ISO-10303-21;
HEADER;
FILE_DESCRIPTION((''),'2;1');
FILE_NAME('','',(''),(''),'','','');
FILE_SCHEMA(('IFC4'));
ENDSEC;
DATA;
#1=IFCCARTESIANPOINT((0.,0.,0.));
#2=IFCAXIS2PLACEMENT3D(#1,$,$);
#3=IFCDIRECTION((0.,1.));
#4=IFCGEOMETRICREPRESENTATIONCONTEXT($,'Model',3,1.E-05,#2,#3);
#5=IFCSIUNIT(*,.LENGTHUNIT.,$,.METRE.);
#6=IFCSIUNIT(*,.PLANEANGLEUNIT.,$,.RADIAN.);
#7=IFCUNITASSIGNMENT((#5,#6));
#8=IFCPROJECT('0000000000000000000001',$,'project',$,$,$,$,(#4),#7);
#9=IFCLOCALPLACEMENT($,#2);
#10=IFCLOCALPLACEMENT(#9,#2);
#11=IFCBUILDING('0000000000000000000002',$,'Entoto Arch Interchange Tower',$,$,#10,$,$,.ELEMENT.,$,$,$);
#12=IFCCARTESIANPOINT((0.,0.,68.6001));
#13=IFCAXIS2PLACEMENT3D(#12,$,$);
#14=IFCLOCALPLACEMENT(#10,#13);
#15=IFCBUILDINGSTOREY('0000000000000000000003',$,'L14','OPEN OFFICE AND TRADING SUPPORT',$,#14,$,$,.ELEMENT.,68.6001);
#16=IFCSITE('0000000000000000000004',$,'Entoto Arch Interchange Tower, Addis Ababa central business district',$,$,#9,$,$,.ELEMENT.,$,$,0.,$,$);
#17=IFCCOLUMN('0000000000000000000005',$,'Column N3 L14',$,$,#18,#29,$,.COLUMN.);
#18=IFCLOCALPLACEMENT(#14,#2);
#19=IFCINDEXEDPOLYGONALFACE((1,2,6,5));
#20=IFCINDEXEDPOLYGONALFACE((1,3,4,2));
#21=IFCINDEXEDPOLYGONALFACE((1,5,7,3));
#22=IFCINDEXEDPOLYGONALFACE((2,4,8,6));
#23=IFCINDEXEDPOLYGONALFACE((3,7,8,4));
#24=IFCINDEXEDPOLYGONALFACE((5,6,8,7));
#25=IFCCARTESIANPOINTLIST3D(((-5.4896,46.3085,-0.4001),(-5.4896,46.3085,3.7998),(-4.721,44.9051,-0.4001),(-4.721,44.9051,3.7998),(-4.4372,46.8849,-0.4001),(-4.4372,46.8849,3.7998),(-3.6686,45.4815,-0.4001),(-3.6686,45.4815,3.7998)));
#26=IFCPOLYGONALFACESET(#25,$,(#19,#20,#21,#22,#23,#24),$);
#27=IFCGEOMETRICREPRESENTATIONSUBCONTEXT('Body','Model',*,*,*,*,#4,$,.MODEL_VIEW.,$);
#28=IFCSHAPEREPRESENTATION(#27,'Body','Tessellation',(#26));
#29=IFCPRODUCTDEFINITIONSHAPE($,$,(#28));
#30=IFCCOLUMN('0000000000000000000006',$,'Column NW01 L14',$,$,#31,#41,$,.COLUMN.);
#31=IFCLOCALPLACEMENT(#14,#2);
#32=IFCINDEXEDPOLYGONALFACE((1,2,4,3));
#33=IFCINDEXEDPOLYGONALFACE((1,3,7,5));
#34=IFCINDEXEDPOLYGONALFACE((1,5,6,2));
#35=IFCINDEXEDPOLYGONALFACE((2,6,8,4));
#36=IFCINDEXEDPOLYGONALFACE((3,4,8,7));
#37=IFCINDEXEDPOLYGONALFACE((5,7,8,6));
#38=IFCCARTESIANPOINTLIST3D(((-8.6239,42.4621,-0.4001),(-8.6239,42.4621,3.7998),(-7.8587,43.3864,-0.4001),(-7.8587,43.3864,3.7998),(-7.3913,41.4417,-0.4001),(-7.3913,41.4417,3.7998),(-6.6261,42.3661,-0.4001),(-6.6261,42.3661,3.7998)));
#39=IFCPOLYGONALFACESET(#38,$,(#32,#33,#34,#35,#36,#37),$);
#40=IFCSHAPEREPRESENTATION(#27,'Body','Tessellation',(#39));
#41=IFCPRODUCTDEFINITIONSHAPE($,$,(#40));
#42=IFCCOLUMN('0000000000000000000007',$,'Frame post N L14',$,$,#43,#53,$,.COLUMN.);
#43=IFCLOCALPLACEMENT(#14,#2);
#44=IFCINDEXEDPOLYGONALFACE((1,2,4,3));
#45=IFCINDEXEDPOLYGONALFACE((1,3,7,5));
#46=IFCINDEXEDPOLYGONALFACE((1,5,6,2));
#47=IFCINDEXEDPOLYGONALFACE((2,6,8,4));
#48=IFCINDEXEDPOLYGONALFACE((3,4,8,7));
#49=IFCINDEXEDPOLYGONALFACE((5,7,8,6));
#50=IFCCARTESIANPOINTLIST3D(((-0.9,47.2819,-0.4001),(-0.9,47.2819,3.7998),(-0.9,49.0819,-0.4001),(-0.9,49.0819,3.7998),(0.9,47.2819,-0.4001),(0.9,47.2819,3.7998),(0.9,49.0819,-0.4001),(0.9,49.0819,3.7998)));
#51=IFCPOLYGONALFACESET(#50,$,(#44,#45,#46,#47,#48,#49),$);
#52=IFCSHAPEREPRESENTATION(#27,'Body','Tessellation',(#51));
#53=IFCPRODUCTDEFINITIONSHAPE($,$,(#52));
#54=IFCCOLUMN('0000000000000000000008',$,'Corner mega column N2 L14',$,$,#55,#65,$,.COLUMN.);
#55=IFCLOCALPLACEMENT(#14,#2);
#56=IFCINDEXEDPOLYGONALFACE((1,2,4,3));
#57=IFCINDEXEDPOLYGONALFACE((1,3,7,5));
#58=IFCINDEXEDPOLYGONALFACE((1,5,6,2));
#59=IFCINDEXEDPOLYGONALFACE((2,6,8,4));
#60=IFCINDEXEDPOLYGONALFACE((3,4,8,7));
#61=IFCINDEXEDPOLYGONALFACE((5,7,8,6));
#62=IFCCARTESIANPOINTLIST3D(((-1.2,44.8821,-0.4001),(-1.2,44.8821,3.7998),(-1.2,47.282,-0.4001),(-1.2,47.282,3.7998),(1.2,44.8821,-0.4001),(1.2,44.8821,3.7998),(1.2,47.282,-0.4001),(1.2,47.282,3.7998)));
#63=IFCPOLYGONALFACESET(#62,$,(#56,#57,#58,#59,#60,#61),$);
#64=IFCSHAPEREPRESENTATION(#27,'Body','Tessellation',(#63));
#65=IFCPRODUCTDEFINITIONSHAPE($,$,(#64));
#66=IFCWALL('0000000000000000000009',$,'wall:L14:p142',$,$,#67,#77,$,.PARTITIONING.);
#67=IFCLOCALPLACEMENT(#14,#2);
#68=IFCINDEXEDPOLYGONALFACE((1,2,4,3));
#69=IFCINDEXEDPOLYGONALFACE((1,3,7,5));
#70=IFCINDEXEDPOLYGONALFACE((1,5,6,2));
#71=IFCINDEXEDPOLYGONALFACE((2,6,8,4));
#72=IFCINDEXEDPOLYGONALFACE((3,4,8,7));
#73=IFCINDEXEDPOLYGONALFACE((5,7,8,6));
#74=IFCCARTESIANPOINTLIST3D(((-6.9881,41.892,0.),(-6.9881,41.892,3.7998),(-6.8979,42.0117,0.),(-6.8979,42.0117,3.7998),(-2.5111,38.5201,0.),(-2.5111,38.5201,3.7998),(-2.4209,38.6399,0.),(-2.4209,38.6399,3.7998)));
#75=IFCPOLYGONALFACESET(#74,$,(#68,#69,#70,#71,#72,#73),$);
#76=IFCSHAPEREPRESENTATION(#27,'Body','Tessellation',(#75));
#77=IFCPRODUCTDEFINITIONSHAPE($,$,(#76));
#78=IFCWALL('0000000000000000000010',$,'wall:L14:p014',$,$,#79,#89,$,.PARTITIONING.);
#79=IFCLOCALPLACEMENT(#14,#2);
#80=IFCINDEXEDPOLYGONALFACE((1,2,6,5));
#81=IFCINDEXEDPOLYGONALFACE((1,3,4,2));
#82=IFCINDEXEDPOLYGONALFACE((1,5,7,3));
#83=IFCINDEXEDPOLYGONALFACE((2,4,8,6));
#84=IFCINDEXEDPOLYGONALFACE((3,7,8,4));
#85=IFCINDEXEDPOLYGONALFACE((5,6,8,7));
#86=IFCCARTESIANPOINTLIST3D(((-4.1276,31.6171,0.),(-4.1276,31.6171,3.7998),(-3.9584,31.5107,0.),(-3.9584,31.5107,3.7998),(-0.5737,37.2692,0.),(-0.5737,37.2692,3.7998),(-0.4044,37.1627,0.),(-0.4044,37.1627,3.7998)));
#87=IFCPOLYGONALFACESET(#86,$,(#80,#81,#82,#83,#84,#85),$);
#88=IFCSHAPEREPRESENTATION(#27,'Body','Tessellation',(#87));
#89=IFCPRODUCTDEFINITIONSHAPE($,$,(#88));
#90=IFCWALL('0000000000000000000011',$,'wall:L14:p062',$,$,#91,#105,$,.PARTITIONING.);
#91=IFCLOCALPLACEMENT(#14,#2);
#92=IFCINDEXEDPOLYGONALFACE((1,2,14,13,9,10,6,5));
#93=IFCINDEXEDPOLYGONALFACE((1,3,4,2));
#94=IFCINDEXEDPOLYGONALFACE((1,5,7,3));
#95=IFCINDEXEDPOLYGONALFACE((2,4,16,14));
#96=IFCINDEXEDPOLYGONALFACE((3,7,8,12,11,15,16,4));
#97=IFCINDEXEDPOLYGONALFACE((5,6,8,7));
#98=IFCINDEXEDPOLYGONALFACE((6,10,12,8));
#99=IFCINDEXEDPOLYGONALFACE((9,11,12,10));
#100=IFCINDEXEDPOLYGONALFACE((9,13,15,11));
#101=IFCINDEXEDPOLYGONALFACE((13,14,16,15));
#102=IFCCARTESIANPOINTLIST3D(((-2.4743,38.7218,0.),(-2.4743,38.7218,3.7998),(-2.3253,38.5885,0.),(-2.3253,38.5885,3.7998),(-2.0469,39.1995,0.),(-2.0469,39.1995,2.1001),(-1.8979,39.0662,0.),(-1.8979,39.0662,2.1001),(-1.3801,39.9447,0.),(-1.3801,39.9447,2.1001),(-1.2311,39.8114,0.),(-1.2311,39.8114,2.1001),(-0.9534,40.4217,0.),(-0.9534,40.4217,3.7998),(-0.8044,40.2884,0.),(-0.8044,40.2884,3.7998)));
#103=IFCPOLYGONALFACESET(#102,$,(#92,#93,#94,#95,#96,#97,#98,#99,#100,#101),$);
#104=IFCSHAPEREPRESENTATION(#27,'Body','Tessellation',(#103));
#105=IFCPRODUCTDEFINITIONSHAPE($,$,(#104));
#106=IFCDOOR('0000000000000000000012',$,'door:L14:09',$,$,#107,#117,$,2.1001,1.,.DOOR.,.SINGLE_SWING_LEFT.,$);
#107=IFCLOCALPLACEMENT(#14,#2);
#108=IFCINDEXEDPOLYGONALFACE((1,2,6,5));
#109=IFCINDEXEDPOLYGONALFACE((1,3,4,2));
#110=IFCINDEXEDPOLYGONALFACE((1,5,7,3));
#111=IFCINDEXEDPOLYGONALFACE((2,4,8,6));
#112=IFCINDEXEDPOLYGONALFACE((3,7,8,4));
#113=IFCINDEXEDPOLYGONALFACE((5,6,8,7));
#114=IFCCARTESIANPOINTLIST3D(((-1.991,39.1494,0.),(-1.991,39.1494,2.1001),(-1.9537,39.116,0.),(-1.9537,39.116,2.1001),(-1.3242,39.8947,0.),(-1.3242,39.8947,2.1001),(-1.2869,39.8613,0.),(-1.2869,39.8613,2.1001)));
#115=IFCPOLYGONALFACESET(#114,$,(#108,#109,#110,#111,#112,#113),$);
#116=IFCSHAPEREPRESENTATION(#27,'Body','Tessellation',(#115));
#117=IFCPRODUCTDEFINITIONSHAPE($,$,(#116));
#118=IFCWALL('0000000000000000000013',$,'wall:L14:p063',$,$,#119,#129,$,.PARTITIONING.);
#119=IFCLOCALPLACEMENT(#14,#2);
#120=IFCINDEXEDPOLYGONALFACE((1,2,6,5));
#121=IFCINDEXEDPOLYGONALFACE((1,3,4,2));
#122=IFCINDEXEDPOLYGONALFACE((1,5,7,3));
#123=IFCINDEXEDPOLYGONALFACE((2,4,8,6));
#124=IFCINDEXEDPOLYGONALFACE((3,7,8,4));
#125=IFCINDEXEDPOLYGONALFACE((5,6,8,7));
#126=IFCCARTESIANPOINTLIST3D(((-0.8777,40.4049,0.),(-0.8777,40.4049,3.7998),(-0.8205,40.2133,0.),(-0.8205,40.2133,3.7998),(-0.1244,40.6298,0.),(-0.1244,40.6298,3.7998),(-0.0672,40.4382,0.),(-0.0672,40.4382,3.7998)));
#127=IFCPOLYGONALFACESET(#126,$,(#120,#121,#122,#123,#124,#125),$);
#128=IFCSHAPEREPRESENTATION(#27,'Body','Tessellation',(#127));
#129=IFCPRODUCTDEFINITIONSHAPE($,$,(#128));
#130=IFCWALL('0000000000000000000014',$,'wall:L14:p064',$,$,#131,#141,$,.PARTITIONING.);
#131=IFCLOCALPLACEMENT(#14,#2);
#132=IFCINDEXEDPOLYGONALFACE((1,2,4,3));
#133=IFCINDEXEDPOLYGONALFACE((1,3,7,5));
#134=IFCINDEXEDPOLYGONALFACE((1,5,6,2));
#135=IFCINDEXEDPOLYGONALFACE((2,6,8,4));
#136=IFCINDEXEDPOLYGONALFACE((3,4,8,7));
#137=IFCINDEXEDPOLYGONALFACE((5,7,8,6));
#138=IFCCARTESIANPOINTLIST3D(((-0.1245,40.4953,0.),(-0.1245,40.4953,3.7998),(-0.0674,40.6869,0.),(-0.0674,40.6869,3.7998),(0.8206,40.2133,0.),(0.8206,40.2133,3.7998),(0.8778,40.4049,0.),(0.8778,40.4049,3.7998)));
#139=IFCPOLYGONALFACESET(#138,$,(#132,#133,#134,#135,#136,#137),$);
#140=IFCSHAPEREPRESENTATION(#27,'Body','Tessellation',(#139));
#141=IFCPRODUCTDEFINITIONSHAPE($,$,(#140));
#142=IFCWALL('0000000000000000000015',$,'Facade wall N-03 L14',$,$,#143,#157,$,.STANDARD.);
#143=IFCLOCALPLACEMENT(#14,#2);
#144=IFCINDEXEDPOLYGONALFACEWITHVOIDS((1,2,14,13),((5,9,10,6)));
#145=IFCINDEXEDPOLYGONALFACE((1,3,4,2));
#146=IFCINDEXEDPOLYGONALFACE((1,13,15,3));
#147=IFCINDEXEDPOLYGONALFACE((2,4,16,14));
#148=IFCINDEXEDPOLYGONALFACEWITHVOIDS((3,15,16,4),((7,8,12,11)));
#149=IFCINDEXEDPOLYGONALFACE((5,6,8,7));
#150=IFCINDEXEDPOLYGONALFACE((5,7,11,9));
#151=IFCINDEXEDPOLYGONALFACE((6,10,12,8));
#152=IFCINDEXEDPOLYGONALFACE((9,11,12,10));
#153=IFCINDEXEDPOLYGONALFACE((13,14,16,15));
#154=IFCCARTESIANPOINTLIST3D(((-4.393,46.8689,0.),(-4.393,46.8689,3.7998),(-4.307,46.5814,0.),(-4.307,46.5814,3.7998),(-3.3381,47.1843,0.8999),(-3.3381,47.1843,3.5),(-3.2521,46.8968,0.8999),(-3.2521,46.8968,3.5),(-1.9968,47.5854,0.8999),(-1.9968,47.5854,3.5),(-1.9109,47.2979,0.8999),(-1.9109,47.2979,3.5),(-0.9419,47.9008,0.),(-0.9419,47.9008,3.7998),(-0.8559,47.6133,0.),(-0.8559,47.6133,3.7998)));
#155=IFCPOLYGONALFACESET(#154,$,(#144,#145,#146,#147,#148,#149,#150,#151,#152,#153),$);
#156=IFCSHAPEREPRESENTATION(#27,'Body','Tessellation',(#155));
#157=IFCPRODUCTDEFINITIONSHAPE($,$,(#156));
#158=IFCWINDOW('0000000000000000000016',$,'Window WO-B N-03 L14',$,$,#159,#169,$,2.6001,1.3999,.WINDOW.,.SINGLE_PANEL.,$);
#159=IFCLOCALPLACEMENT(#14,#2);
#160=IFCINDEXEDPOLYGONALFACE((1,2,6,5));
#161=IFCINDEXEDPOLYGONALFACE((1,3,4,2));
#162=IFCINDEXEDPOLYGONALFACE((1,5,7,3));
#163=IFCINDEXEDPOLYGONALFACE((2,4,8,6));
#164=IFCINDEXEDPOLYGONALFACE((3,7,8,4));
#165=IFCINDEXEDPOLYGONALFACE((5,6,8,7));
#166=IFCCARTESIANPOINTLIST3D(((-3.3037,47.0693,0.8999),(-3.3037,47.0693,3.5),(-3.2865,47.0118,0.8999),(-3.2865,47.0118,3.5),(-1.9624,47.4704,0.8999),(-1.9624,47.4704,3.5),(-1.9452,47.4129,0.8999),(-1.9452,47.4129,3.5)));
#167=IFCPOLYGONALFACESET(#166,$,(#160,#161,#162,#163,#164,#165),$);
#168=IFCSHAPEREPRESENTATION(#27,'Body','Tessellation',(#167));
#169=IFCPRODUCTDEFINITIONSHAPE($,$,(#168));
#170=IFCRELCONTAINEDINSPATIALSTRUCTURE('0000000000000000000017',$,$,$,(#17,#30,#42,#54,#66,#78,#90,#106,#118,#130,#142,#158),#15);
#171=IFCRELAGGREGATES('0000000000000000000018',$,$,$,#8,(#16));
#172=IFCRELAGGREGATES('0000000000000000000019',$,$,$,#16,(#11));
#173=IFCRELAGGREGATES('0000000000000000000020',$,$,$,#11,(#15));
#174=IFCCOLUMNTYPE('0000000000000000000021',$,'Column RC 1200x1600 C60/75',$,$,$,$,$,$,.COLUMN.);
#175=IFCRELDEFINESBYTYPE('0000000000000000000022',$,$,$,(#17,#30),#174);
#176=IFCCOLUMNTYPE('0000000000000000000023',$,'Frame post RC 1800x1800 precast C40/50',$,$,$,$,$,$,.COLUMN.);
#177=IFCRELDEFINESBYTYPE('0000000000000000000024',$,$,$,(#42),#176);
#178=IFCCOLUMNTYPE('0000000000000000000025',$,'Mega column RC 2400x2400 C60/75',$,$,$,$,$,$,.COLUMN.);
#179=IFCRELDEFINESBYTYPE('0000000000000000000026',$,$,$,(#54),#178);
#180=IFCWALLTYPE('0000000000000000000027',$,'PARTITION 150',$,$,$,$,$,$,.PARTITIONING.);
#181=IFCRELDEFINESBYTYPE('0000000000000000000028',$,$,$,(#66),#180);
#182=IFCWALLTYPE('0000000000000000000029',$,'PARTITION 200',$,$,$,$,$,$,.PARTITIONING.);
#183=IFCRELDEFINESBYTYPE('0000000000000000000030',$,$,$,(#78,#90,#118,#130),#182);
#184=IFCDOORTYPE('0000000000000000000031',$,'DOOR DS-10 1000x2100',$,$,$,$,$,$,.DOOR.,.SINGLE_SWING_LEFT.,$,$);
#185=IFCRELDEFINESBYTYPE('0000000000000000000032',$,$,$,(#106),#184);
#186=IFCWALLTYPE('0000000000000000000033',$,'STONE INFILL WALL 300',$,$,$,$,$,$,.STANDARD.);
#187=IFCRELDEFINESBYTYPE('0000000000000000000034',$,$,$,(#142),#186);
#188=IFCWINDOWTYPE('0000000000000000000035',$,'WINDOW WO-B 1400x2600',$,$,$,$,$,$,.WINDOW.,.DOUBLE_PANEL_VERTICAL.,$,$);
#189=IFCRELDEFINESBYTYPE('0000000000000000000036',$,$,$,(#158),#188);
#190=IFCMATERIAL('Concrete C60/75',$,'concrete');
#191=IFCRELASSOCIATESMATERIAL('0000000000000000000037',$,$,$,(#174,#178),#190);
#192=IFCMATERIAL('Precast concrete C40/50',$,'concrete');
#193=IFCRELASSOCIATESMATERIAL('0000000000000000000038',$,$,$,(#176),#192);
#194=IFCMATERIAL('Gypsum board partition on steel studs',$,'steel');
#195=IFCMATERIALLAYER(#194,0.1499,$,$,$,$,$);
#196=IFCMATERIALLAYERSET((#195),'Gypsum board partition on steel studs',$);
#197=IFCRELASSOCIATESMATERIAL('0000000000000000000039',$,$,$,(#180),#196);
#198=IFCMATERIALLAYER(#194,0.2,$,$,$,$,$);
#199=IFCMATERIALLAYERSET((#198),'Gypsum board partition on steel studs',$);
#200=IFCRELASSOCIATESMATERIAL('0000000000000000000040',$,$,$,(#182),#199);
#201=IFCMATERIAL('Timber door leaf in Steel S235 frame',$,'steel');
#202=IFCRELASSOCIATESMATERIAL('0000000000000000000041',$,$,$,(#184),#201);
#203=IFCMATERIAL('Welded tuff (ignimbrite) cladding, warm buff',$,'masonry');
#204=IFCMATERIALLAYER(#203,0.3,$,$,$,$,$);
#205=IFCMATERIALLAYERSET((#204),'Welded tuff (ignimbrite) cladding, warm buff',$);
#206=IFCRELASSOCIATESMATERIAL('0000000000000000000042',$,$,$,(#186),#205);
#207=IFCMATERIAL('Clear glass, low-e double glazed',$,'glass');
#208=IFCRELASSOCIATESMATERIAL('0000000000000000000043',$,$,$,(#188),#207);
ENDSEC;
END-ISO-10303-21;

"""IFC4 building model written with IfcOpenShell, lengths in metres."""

from ifc_helpers import new_model, si_unit, direction, frame, frame_2d, origin, origin_2d, place, context, subcontext, project, spatial, rectangle, extrude, material, layer, layer_set, material_profile, profile_set, type_object, element, fill, save


model = new_model("IFC4")

# Units and contexts
model_context = context("Model", 3, precision=1e-05, world=origin(), true_north=direction((0.0, 1.0)))
body_context = subcontext(model_context, "Body", "Model", "MODEL_VIEW")
ifc_project = project(units=[si_unit("LENGTHUNIT", "METRE"), si_unit("PLANEANGLEUNIT", "RADIAN")], contexts=[model_context])

# Site, building, storey
site_placement = place(None, origin())
site = spatial("IfcSite", under=ifc_project, at=site_placement, Name="Entoto Arch Interchange Tower, Addis Ababa central business district", CompositionType="ELEMENT", RefElevation=0.0)
building_placement = place(site_placement, origin())
building = spatial("IfcBuilding", under=site, at=building_placement, Name="Entoto Arch Interchange Tower", CompositionType="ELEMENT")
storey_placement = place(building_placement, frame((0.0, 0.0, 68.6001)))
storey = spatial("IfcBuildingStorey", under=building, at=storey_placement, Name="L14", Description="OPEN OFFICE AND TRADING SUPPORT", CompositionType="ELEMENT", Elevation=68.6001)

# Columns
ifc_material_1 = material(Name="Concrete C60/75", Category="concrete")
ifc_material_profile_1 = material_profile(ifc_material_1, rectangle(XDim=1.2, YDim=1.6001, at=origin_2d()))
ifc_profile_set_1 = profile_set([ifc_material_profile_1], Name="Concrete C60/75")
column_type_1 = type_object("IfcColumnType", Name="Column RC 1200x1600 C60/75", PredefinedType="COLUMN", material=ifc_profile_set_1)
for number, where, z_axis, x_axis, name in (
    (1, (-4.5791, 45.895, -0.4001), (0.0, 0.0, 1.0), (0.877079, 0.480346, 0.0), "Column N3 L14"),
    (2, (-7.625, 42.4141, -0.4001), (0.0, 0.0, 1.0), (0.637666, 0.770313, 0.0), "Column NW01 L14"),
):
    element("IfcColumn", number, at=place(storey_placement, frame(where, z_axis=z_axis, x_axis=x_axis)), inside=storey, type_object=column_type_1, Name=name, PredefinedType="COLUMN", context=body_context, shape_type="SweptSolid", body=[
        extrude(rectangle(XDim=1.2, YDim=1.6001, at=origin_2d()), origin(), (0.0, 0.0, 1.0), 4.2),
    ])
ifc_material_2 = material(Name="Precast concrete C40/50", Category="concrete")
ifc_material_profile_2 = material_profile(ifc_material_2, rectangle(XDim=1.8, YDim=1.8, at=origin_2d()))
ifc_profile_set_2 = profile_set([ifc_material_profile_2], Name="Precast concrete C40/50")
column_type_2 = type_object("IfcColumnType", Name="Frame post RC 1800x1800 precast C40/50", PredefinedType="COLUMN", material=ifc_profile_set_2)
column_1_placement = place(storey_placement, frame((0.0, 48.1819, -0.4001), z_axis=(0.0, 0.0, 1.0), x_axis=(0.0, 1.0, 0.0)))
element("IfcColumn", 3, at=column_1_placement, inside=storey, type_object=column_type_2, Name="Frame post N L14", PredefinedType="COLUMN", context=body_context, shape_type="SweptSolid", body=[
    extrude(rectangle(XDim=1.8, YDim=1.8, at=origin_2d()), origin(), (0.0, 0.0, 1.0), 4.2),
])
ifc_material_profile_3 = material_profile(ifc_material_1, rectangle(XDim=2.3999, YDim=2.3999, at=origin_2d()))
ifc_profile_set_3 = profile_set([ifc_material_profile_3], Name="Concrete C60/75")
column_type_3 = type_object("IfcColumnType", Name="Mega column RC 2400x2400 C60/75", PredefinedType="COLUMN", material=ifc_profile_set_3)
column_2_placement = place(storey_placement, frame((0.0, 46.082, -0.4001), z_axis=(0.0, 0.0, 1.0), x_axis=(0.0, 1.0, 0.0)))
element("IfcColumn", 4, at=column_2_placement, inside=storey, type_object=column_type_3, Name="Corner mega column N2 L14", PredefinedType="COLUMN", context=body_context, shape_type="SweptSolid", body=[
    extrude(rectangle(XDim=2.3999, YDim=2.3999, at=origin_2d()), origin(), (0.0, 0.0, 1.0), 4.2),
])

# Walls
ifc_material_3 = material(Name="Gypsum board partition on steel studs", Category="steel")
ifc_layer_1 = layer(ifc_material_3, 0.1499)
ifc_layer_set_1 = layer_set([ifc_layer_1], Name="Gypsum board partition on steel studs")
wall_type_1 = type_object("IfcWallType", Name="PARTITION 150", PredefinedType="PARTITIONING", material=ifc_layer_set_1)
wall_1_placement = place(storey_placement, frame((-2.4661, 38.5801, 0.0), z_axis=(0.0, 0.0, 1.0), x_axis=(-0.798796, 0.601602, 0.0)))
element("IfcWall", 5, at=wall_1_placement, inside=storey, type_object=wall_type_1, Name="wall:L14:p142", PredefinedType="PARTITIONING", context=body_context, shape_type="SweptSolid", body=[
    extrude(rectangle(XDim=5.6047, YDim=0.1499, at=frame_2d((2.8022, 0.0))), origin(), (0.0, 0.0, 1.0), 3.7998),
])
ifc_layer_2 = layer(ifc_material_3, 0.2)
ifc_layer_set_2 = layer_set([ifc_layer_2], Name="Gypsum board partition on steel studs")
wall_type_2 = type_object("IfcWallType", Name="PARTITION 200", PredefinedType="PARTITIONING", material=ifc_layer_set_2)
wall_2_placement = place(storey_placement, frame((-0.489, 37.2161, 0.0), z_axis=(0.0, 0.0, 1.0), x_axis=(-0.532301, -0.846555, 0.0)))
element("IfcWall", 6, at=wall_2_placement, inside=storey, type_object=wall_type_2, Name="wall:L14:p014", PredefinedType="PARTITIONING", context=body_context, shape_type="SweptSolid", body=[
    extrude(rectangle(XDim=6.6765, YDim=0.2, at=frame_2d((3.3384, 0.0))), origin(), (0.0, 0.0, 1.0), 3.7998),
])

# Wall, opening, door
wall_3_placement = place(storey_placement, frame((-2.3999, 38.655, 0.0), z_axis=(0.0, 0.0, 1.0), x_axis=(0.666792, 0.745244, 0.0)))
wall_3 = element("IfcWall", 7, at=wall_3_placement, inside=storey, type_object=wall_type_2, Name="wall:L14:p062", PredefinedType="PARTITIONING", context=body_context, shape_type="SweptSolid", body=[
    extrude(rectangle(XDim=2.281, YDim=0.2, at=frame_2d((1.1406, 0.0))), origin(), (0.0, 0.0, 1.0), 3.7998),
])
opening_1_placement = place(wall_3_placement, frame((0.6411, 0.0, 0.0)))
opening_1 = element("IfcOpeningElement", 8, at=opening_1_placement, cuts=wall_3, PredefinedType="OPENING", context=body_context, shape_type="SweptSolid", body=[
    extrude(rectangle(XDim=1.0, YDim=2.1001, at=frame_2d((0.5, 1.05))), frame((0.0, 0.1099, 0.0), z_axis=(0.0, -1.0, 0.0), x_axis=(1.0, 0.0, 0.0)), (0.0, 0.0, 1.0), 0.22),
])
ifc_material_4 = material(Name="Timber door leaf in Steel S235 frame", Category="steel")
door_type = type_object("IfcDoorType", Name="DOOR DS-10 1000x2100", OperationType="SINGLE_SWING_LEFT", PredefinedType="DOOR", material=ifc_material_4)
door_placement = place(opening_1_placement, origin())
door = element("IfcDoor", 9, at=door_placement, inside=storey, type_object=door_type, Name="door:L14:09", OperationType="SINGLE_SWING_LEFT", OverallHeight=2.1001, OverallWidth=1.0, PredefinedType="DOOR", context=body_context, shape_type="SweptSolid", body=[
    extrude(rectangle(XDim=1.0, YDim=2.1001, at=frame_2d((0.5, 1.05))), frame((0.0, 0.0249, 0.0), z_axis=(0.0, -1.0, 0.0), x_axis=(1.0, 0.0, 0.0)), (0.0, 0.0, 1.0), 0.05),
])
fill(opening_1, door)

# Walls
wall_4_placement = place(storey_placement, frame((-0.8491, 40.3091, 0.0), z_axis=(0.0, 0.0, 1.0), x_axis=(0.95821, 0.286065, 0.0)))
element("IfcWall", 10, at=wall_4_placement, inside=storey, type_object=wall_type_2, Name="wall:L14:p063", PredefinedType="PARTITIONING", context=body_context, shape_type="SweptSolid", body=[
    extrude(rectangle(XDim=0.7861, YDim=0.2, at=frame_2d((0.3931, 0.0))), origin(), (0.0, 0.0, 1.0), 3.7998),
])
wall_5_placement = place(storey_placement, frame((-0.0959, 40.5911, 0.0), z_axis=(0.0, 0.0, 1.0), x_axis=(0.958254, -0.285917, 0.0)))
element("IfcWall", 11, at=wall_5_placement, inside=storey, type_object=wall_type_2, Name="wall:L14:p064", PredefinedType="PARTITIONING", context=body_context, shape_type="SweptSolid", body=[
    extrude(rectangle(XDim=0.9863, YDim=0.2, at=frame_2d((0.4932, 0.0))), origin(), (0.0, 0.0, 1.0), 3.7998),
])

# Wall, opening, window
ifc_material_5 = material(Name="Welded tuff (ignimbrite) cladding, warm buff", Category="masonry")
ifc_layer_3 = layer(ifc_material_5, 0.3)
ifc_layer_set_3 = layer_set([ifc_layer_3], Name="Welded tuff (ignimbrite) cladding, warm buff")
wall_type_3 = type_object("IfcWallType", Name="STONE INFILL WALL 300", PredefinedType="STANDARD", material=ifc_layer_set_3)
wall_6_placement = place(storey_placement, frame((-0.8989, 47.7571, 0.0), z_axis=(0.0, 0.0, 1.0), x_axis=(-0.958083, -0.28649, 0.0)))
wall_6 = element("IfcWall", 12, at=wall_6_placement, inside=storey, type_object=wall_type_3, Name="Facade wall N-03 L14", PredefinedType="STANDARD", context=body_context, shape_type="SweptSolid", body=[
    extrude(rectangle(XDim=3.6021, YDim=0.3, at=frame_2d((1.801, 0.0))), origin(), (0.0, 0.0, 1.0), 3.7998),
])
opening_2_placement = place(wall_6_placement, frame((1.1011, 0.0, 0.8999)))
opening_2 = element("IfcOpeningElement", 13, at=opening_2_placement, cuts=wall_6, PredefinedType="OPENING", context=body_context, shape_type="SweptSolid", body=[
    extrude(rectangle(XDim=1.3999, YDim=2.6001, at=frame_2d((0.7, 1.3))), frame((0.0, 0.1602, 0.0), z_axis=(0.0, -1.0, 0.0), x_axis=(1.0, 0.0, 0.0)), (0.0, 0.0, 1.0), 0.3201),
])
ifc_material_6 = material(Name="Clear glass, low-e double glazed", Category="glass")
window_type_1 = type_object("IfcWindowType", Name="WINDOW WO-B 1400x2600", PartitioningType="DOUBLE_PANEL_VERTICAL", PredefinedType="WINDOW", material=ifc_material_6)
window_1_placement = place(opening_2_placement, origin())
window_1 = element("IfcWindow", 14, at=window_1_placement, inside=storey, type_object=window_type_1, Name="Window WO-B N-03 L14", OverallHeight=2.6001, OverallWidth=1.3999, PartitioningType="SINGLE_PANEL", PredefinedType="WINDOW", context=body_context, shape_type="SweptSolid", body=[
    extrude(rectangle(XDim=1.3999, YDim=2.6001, at=frame_2d((0.7, 1.3))), frame((0.0, 0.03, 0.0), z_axis=(0.0, -1.0, 0.0), x_axis=(1.0, 0.0, 0.0)), (0.0, 0.0, 1.0), 0.0601),
])
fill(opening_2, window_1)

save(model, "model.ifc")
